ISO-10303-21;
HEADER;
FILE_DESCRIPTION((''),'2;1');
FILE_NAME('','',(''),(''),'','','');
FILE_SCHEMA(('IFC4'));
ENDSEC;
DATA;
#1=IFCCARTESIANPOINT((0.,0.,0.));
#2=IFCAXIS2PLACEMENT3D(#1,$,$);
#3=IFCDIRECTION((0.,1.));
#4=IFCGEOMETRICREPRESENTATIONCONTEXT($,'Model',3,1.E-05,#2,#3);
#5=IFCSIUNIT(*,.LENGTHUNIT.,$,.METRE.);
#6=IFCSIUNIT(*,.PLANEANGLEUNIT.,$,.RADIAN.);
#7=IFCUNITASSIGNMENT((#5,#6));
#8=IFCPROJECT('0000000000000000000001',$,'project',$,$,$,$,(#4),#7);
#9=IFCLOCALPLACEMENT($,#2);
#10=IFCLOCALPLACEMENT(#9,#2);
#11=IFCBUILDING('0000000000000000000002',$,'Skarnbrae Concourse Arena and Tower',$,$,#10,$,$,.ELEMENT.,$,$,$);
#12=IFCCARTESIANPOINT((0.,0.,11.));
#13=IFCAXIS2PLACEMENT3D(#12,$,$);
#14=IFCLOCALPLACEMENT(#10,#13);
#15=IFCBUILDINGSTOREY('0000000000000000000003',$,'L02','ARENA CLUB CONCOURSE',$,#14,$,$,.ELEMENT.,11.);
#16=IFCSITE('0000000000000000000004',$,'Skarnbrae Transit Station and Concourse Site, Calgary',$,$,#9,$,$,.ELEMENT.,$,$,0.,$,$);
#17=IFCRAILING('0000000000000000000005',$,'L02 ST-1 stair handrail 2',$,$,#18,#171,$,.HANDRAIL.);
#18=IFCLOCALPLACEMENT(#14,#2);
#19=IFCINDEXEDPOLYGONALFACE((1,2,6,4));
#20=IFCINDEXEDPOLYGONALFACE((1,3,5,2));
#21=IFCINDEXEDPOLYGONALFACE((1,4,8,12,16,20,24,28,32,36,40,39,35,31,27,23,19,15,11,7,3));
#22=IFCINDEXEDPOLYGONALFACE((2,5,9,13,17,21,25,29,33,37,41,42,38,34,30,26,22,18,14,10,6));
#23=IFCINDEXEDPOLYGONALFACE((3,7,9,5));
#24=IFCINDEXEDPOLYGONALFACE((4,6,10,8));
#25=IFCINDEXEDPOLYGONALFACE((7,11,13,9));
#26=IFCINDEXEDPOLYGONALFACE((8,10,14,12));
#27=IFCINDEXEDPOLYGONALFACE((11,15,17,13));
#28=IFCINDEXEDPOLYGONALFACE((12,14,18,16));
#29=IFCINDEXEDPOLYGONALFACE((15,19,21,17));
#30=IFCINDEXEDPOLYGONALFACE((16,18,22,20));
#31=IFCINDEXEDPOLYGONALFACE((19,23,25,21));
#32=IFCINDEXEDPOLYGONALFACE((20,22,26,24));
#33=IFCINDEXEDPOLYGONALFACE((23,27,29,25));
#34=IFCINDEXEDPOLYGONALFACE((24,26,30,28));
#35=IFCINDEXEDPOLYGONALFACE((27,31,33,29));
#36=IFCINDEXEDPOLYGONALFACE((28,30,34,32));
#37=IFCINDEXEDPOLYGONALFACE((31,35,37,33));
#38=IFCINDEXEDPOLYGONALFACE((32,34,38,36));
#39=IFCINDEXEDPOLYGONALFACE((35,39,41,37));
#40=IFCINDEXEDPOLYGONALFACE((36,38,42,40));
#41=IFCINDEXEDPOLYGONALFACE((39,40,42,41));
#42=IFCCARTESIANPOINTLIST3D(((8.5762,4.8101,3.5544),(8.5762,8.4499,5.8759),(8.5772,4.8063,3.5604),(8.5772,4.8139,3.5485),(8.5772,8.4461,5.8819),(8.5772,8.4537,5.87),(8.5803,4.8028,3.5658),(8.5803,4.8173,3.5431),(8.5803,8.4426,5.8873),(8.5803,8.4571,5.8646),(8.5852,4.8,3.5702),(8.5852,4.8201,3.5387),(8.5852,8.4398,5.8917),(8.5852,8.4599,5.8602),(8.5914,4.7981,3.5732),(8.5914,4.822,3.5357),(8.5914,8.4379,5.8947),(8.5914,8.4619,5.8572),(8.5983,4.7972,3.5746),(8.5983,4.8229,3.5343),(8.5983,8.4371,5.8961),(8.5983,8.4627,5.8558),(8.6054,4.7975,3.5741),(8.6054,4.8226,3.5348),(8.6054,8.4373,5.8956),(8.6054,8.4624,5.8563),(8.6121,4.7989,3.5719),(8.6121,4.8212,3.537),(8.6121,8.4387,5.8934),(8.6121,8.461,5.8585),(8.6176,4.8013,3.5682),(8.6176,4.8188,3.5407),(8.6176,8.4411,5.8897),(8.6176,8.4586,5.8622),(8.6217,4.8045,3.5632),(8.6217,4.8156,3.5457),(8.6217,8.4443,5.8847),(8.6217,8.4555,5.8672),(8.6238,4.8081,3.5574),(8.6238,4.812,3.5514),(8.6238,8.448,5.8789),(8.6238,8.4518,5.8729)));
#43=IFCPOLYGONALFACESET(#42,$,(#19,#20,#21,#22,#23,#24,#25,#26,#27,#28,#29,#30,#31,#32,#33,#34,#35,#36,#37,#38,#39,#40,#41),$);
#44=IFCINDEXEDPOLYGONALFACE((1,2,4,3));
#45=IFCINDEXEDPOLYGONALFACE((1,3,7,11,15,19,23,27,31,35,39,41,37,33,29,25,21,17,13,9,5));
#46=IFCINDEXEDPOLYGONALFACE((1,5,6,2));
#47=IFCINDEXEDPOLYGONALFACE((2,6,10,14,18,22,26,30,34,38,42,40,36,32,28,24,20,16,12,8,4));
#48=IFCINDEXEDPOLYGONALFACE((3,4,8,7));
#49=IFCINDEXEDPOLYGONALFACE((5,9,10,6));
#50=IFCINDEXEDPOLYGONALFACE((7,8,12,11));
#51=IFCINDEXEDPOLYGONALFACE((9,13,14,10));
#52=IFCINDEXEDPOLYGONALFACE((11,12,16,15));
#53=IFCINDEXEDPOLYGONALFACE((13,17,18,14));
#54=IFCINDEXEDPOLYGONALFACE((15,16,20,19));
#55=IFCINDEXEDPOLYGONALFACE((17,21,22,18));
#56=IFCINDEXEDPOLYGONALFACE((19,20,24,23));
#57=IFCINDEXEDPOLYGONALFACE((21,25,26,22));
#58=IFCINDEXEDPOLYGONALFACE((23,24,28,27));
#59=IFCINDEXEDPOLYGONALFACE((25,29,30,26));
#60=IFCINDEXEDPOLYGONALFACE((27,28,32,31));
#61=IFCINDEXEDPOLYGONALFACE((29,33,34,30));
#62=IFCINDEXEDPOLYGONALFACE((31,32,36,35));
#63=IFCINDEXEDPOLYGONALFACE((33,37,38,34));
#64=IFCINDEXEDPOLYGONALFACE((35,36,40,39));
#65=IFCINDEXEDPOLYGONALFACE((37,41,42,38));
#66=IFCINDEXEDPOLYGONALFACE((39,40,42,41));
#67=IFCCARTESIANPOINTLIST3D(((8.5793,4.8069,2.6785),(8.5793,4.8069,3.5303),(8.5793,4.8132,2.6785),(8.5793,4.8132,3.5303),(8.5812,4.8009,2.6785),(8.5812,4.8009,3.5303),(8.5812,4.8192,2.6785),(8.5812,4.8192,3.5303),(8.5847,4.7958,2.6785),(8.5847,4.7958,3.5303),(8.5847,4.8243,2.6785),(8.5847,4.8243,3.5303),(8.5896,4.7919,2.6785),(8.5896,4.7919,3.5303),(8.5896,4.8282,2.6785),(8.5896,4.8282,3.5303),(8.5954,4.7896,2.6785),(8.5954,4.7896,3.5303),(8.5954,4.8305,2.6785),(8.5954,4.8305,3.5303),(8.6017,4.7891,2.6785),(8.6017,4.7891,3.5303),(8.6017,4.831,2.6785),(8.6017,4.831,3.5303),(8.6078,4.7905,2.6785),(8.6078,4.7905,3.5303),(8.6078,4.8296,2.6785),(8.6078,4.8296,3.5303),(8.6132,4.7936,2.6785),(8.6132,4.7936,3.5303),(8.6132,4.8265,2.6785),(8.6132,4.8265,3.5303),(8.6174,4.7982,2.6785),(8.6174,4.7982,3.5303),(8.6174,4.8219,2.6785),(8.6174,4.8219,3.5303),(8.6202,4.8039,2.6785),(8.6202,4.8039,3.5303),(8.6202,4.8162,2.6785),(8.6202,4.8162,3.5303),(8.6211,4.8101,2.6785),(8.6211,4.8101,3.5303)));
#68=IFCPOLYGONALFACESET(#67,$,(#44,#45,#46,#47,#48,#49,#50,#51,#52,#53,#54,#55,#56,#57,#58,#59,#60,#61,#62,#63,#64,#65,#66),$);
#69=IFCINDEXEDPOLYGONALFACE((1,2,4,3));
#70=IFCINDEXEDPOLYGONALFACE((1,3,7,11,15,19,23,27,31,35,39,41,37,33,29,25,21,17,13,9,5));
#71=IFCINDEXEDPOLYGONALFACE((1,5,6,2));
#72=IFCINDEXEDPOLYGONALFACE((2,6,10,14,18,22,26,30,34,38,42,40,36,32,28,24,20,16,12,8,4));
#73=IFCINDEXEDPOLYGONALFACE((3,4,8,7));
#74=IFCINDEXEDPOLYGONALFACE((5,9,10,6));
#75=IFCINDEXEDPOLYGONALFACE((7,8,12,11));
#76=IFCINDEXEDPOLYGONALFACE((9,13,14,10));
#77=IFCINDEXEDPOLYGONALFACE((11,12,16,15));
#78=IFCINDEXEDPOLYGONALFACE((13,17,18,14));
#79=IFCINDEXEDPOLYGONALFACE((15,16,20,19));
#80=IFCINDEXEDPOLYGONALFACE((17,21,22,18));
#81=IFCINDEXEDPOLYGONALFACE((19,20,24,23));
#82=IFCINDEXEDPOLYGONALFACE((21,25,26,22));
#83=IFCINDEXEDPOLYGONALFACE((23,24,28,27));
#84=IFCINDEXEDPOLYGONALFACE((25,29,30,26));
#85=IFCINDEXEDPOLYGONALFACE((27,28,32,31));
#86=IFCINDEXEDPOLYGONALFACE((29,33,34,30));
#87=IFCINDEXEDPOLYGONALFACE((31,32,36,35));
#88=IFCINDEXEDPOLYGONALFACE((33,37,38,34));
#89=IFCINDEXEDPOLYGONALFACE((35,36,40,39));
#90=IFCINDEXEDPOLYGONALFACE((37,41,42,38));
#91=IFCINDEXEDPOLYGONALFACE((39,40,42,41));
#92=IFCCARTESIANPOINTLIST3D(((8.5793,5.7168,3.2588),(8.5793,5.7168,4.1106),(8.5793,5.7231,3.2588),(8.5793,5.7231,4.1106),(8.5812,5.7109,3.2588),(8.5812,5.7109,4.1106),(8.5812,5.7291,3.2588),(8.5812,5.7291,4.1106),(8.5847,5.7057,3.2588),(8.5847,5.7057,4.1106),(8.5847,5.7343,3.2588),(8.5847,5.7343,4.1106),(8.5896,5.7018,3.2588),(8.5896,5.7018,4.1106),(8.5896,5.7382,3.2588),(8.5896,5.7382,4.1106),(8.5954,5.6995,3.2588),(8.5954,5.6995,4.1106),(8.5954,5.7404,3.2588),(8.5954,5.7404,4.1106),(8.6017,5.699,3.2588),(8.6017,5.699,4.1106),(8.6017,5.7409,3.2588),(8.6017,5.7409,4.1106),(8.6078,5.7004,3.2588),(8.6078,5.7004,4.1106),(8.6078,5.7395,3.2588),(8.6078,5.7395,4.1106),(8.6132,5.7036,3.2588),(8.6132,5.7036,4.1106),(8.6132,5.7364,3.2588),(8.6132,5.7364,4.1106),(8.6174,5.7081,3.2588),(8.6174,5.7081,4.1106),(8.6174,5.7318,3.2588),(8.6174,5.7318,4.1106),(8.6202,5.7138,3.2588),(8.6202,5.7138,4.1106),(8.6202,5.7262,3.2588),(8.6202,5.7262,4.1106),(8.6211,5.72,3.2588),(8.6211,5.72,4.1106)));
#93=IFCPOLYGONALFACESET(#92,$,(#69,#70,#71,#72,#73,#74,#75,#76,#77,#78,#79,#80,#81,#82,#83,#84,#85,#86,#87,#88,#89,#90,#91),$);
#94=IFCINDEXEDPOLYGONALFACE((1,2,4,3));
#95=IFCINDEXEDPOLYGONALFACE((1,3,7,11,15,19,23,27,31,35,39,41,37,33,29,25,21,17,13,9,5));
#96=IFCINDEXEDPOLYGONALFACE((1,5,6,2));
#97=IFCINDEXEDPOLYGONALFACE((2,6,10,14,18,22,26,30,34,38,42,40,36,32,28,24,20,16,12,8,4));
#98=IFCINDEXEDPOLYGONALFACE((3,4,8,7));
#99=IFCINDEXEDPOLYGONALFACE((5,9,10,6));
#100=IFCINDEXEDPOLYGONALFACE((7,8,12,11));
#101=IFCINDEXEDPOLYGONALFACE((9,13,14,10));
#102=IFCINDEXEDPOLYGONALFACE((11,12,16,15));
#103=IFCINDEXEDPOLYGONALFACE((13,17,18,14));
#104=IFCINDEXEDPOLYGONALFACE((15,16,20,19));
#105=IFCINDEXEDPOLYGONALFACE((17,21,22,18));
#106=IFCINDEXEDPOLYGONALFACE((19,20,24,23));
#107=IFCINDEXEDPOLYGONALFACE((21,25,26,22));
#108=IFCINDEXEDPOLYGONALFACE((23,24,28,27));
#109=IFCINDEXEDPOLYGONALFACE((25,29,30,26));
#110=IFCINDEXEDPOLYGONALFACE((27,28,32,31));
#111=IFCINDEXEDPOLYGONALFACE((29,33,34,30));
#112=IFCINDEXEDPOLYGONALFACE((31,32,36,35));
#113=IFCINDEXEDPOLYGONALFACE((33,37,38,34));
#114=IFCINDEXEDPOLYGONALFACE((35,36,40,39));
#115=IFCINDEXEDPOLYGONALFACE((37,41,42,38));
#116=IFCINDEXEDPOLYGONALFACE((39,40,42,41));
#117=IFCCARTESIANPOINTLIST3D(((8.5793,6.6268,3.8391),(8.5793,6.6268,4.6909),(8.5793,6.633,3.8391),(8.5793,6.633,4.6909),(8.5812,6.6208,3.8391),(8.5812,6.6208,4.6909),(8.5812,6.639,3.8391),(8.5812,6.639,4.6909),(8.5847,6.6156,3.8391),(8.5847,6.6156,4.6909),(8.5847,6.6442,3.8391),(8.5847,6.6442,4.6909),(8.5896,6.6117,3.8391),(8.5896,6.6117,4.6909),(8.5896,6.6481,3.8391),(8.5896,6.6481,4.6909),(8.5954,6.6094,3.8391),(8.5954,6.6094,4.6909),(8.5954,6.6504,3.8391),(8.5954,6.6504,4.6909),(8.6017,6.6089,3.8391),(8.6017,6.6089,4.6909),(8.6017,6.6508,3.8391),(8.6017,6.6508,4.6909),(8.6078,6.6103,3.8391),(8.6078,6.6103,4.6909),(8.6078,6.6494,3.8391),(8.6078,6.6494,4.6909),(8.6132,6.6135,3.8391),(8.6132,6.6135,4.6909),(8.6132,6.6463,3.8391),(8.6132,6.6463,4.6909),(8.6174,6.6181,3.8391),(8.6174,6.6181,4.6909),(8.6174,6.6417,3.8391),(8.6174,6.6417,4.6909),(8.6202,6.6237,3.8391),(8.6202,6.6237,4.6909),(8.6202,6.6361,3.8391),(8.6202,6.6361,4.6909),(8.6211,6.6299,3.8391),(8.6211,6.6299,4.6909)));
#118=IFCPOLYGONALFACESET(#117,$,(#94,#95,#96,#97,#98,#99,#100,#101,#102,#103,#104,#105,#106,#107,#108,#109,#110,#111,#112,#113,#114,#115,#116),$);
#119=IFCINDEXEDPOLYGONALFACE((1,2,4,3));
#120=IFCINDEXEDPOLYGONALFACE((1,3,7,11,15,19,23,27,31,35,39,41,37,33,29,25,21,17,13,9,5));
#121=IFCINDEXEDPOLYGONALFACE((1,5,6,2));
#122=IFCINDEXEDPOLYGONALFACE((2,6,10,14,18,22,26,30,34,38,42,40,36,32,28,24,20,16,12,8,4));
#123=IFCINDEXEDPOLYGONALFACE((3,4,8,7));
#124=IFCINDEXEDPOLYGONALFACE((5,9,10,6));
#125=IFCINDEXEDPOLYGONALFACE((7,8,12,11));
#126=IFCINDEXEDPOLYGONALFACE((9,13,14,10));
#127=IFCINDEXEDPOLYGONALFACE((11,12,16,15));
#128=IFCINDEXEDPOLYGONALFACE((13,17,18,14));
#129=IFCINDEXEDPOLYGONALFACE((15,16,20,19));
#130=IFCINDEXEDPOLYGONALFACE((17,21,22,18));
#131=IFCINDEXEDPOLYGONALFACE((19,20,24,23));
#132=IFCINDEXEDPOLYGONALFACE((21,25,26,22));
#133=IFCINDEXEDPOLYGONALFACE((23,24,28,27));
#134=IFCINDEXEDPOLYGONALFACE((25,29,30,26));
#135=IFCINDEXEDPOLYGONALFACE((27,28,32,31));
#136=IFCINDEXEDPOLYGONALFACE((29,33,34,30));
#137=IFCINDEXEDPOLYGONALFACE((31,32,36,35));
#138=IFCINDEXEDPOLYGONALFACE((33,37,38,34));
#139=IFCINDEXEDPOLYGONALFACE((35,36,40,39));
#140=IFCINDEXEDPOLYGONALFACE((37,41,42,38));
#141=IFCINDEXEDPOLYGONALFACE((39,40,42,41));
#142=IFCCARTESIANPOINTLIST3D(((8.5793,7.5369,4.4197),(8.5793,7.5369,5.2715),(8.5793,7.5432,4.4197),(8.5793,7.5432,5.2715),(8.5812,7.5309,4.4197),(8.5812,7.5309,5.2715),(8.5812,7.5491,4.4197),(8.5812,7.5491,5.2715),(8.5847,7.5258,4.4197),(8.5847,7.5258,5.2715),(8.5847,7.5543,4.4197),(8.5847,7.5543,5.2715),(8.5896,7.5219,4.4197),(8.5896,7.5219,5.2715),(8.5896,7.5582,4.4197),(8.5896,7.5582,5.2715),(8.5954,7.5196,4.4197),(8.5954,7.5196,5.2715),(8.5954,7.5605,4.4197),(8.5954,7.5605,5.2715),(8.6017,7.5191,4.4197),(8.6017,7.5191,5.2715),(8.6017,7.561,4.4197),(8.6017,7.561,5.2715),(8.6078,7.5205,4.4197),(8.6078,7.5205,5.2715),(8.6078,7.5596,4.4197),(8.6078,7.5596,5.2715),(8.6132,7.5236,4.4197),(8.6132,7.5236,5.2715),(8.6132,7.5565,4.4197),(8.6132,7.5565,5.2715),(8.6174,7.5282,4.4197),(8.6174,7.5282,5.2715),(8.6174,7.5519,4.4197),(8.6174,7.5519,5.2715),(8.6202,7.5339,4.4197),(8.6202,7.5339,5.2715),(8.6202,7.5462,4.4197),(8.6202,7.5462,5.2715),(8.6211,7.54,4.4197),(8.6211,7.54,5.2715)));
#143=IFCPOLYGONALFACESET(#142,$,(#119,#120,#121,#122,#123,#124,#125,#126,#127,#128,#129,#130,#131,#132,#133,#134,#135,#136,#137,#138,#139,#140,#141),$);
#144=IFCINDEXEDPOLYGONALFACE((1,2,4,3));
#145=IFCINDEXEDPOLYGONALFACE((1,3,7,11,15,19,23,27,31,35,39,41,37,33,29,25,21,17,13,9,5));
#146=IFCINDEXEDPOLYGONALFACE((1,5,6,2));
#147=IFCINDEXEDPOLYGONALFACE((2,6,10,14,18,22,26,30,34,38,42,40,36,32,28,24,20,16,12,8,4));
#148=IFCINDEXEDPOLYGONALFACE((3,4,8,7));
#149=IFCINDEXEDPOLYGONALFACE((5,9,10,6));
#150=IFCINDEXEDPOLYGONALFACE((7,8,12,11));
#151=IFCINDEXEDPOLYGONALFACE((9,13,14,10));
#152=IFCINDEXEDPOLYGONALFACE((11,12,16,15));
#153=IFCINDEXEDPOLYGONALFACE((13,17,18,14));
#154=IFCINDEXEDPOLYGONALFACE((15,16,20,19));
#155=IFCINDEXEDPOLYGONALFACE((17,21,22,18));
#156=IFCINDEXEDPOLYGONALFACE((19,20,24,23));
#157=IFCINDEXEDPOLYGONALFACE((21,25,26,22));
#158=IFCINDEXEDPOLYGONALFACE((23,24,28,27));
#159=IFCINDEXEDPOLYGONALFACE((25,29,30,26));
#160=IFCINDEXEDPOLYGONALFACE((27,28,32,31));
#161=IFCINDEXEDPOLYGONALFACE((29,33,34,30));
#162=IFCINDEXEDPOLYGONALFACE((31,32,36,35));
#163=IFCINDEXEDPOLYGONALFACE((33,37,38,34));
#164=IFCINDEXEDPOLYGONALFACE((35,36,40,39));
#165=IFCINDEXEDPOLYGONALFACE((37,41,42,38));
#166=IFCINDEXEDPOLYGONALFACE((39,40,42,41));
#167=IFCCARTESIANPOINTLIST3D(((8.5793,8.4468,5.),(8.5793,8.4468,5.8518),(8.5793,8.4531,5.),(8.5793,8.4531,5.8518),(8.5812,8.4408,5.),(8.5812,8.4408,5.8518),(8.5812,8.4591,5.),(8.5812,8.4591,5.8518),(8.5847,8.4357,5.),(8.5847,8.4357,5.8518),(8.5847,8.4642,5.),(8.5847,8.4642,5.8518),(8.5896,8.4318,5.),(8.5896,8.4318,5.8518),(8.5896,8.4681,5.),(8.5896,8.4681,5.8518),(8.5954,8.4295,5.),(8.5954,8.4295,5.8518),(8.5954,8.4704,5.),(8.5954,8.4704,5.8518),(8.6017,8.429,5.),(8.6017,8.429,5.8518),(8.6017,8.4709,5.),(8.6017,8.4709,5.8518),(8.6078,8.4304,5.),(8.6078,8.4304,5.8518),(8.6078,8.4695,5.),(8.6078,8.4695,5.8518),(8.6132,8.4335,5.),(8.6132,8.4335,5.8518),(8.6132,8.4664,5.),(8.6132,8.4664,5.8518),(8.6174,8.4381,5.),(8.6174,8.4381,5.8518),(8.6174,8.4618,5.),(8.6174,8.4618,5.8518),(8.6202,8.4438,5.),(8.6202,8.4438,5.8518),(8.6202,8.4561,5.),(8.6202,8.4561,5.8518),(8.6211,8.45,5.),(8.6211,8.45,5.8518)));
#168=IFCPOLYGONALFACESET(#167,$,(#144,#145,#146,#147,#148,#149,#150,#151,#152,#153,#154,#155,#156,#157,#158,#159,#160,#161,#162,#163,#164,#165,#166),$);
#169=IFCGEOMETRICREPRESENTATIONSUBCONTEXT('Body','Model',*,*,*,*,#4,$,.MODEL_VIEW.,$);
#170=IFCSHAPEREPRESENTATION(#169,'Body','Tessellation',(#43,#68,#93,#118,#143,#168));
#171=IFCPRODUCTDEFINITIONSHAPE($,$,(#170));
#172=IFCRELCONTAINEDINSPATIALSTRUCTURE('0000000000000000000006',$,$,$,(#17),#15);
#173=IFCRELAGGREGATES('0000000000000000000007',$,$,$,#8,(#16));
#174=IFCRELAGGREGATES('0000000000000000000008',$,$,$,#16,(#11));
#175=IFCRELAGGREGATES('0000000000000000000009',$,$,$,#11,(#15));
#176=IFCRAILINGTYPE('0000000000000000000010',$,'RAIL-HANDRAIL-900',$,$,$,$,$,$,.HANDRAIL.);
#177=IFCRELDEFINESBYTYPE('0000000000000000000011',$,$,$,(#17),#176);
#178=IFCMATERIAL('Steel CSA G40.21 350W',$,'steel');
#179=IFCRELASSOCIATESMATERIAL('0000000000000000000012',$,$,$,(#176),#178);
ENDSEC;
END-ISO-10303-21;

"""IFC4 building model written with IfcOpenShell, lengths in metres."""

from ifc_helpers import new_model, si_unit, direction, frame, origin, origin_2d, place, context, subcontext, project, spatial, circle, extrude, material, type_object, element, save


model = new_model("IFC4")

# Units and contexts
model_context = context("Model", 3, precision=1e-05, world=origin(), true_north=direction((0.0, 1.0)))
body_context = subcontext(model_context, "Body", "Model", "MODEL_VIEW")
ifc_project = project(units=[si_unit("LENGTHUNIT", "METRE"), si_unit("PLANEANGLEUNIT", "RADIAN")], contexts=[model_context])

# Site, building, storey
site_placement = place(None, origin())
site = spatial("IfcSite", under=ifc_project, at=site_placement, Name="Skarnbrae Transit Station and Concourse Site, Calgary", CompositionType="ELEMENT", RefElevation=0.0)
building_placement = place(site_placement, origin())
building = spatial("IfcBuilding", under=site, at=building_placement, Name="Skarnbrae Concourse Arena and Tower", CompositionType="ELEMENT")
storey_placement = place(building_placement, frame((0.0, 0.0, 11.0)))
storey = spatial("IfcBuildingStorey", under=building, at=storey_placement, Name="L02", Description="ARENA CLUB CONCOURSE", CompositionType="ELEMENT", Elevation=11.0)

# Shared definitions
ifc_material_1 = material(Name="Steel CSA G40.21 350W", Category="steel")

# Railing
railing_type = type_object("IfcRailingType", Name="RAIL-HANDRAIL-900", PredefinedType="HANDRAIL", material=ifc_material_1)
railing_placement = place(storey_placement, frame((8.6001, 4.8101, 2.6785)))
element("IfcRailing", 1, at=railing_placement, inside=storey, type_object=railing_type, Name="L02 ST-1 stair handrail 2", PredefinedType="HANDRAIL", context=body_context, shape_type="SweptSolid", body=[
    extrude(circle(Radius=0.0239, at=origin_2d()), frame((0.0, 0.0, 0.876), z_axis=(0.0, 0.843112, 0.537739), x_axis=(-1.0, 0.0, 0.0)), (0.0, 0.0, 1.0), 4.3171),
    extrude(circle(Radius=0.021, at=origin_2d()), origin(), (0.0, 0.0, 1.0), 0.8518),
    extrude(circle(Radius=0.021, at=origin_2d()), frame((0.0, 0.9099, 0.5803)), (0.0, 0.0, 1.0), 0.8518),
    extrude(circle(Radius=0.021, at=origin_2d()), frame((0.0, 1.8198, 1.1606)), (0.0, 0.0, 1.0), 0.8518),
    extrude(circle(Radius=0.021, at=origin_2d()), frame((0.0, 2.73, 1.7412)), (0.0, 0.0, 1.0), 0.8518),
    extrude(circle(Radius=0.021, at=origin_2d()), frame((0.0, 3.6399, 2.3215)), (0.0, 0.0, 1.0), 0.8518),
])

save(model, "model.ifc")
